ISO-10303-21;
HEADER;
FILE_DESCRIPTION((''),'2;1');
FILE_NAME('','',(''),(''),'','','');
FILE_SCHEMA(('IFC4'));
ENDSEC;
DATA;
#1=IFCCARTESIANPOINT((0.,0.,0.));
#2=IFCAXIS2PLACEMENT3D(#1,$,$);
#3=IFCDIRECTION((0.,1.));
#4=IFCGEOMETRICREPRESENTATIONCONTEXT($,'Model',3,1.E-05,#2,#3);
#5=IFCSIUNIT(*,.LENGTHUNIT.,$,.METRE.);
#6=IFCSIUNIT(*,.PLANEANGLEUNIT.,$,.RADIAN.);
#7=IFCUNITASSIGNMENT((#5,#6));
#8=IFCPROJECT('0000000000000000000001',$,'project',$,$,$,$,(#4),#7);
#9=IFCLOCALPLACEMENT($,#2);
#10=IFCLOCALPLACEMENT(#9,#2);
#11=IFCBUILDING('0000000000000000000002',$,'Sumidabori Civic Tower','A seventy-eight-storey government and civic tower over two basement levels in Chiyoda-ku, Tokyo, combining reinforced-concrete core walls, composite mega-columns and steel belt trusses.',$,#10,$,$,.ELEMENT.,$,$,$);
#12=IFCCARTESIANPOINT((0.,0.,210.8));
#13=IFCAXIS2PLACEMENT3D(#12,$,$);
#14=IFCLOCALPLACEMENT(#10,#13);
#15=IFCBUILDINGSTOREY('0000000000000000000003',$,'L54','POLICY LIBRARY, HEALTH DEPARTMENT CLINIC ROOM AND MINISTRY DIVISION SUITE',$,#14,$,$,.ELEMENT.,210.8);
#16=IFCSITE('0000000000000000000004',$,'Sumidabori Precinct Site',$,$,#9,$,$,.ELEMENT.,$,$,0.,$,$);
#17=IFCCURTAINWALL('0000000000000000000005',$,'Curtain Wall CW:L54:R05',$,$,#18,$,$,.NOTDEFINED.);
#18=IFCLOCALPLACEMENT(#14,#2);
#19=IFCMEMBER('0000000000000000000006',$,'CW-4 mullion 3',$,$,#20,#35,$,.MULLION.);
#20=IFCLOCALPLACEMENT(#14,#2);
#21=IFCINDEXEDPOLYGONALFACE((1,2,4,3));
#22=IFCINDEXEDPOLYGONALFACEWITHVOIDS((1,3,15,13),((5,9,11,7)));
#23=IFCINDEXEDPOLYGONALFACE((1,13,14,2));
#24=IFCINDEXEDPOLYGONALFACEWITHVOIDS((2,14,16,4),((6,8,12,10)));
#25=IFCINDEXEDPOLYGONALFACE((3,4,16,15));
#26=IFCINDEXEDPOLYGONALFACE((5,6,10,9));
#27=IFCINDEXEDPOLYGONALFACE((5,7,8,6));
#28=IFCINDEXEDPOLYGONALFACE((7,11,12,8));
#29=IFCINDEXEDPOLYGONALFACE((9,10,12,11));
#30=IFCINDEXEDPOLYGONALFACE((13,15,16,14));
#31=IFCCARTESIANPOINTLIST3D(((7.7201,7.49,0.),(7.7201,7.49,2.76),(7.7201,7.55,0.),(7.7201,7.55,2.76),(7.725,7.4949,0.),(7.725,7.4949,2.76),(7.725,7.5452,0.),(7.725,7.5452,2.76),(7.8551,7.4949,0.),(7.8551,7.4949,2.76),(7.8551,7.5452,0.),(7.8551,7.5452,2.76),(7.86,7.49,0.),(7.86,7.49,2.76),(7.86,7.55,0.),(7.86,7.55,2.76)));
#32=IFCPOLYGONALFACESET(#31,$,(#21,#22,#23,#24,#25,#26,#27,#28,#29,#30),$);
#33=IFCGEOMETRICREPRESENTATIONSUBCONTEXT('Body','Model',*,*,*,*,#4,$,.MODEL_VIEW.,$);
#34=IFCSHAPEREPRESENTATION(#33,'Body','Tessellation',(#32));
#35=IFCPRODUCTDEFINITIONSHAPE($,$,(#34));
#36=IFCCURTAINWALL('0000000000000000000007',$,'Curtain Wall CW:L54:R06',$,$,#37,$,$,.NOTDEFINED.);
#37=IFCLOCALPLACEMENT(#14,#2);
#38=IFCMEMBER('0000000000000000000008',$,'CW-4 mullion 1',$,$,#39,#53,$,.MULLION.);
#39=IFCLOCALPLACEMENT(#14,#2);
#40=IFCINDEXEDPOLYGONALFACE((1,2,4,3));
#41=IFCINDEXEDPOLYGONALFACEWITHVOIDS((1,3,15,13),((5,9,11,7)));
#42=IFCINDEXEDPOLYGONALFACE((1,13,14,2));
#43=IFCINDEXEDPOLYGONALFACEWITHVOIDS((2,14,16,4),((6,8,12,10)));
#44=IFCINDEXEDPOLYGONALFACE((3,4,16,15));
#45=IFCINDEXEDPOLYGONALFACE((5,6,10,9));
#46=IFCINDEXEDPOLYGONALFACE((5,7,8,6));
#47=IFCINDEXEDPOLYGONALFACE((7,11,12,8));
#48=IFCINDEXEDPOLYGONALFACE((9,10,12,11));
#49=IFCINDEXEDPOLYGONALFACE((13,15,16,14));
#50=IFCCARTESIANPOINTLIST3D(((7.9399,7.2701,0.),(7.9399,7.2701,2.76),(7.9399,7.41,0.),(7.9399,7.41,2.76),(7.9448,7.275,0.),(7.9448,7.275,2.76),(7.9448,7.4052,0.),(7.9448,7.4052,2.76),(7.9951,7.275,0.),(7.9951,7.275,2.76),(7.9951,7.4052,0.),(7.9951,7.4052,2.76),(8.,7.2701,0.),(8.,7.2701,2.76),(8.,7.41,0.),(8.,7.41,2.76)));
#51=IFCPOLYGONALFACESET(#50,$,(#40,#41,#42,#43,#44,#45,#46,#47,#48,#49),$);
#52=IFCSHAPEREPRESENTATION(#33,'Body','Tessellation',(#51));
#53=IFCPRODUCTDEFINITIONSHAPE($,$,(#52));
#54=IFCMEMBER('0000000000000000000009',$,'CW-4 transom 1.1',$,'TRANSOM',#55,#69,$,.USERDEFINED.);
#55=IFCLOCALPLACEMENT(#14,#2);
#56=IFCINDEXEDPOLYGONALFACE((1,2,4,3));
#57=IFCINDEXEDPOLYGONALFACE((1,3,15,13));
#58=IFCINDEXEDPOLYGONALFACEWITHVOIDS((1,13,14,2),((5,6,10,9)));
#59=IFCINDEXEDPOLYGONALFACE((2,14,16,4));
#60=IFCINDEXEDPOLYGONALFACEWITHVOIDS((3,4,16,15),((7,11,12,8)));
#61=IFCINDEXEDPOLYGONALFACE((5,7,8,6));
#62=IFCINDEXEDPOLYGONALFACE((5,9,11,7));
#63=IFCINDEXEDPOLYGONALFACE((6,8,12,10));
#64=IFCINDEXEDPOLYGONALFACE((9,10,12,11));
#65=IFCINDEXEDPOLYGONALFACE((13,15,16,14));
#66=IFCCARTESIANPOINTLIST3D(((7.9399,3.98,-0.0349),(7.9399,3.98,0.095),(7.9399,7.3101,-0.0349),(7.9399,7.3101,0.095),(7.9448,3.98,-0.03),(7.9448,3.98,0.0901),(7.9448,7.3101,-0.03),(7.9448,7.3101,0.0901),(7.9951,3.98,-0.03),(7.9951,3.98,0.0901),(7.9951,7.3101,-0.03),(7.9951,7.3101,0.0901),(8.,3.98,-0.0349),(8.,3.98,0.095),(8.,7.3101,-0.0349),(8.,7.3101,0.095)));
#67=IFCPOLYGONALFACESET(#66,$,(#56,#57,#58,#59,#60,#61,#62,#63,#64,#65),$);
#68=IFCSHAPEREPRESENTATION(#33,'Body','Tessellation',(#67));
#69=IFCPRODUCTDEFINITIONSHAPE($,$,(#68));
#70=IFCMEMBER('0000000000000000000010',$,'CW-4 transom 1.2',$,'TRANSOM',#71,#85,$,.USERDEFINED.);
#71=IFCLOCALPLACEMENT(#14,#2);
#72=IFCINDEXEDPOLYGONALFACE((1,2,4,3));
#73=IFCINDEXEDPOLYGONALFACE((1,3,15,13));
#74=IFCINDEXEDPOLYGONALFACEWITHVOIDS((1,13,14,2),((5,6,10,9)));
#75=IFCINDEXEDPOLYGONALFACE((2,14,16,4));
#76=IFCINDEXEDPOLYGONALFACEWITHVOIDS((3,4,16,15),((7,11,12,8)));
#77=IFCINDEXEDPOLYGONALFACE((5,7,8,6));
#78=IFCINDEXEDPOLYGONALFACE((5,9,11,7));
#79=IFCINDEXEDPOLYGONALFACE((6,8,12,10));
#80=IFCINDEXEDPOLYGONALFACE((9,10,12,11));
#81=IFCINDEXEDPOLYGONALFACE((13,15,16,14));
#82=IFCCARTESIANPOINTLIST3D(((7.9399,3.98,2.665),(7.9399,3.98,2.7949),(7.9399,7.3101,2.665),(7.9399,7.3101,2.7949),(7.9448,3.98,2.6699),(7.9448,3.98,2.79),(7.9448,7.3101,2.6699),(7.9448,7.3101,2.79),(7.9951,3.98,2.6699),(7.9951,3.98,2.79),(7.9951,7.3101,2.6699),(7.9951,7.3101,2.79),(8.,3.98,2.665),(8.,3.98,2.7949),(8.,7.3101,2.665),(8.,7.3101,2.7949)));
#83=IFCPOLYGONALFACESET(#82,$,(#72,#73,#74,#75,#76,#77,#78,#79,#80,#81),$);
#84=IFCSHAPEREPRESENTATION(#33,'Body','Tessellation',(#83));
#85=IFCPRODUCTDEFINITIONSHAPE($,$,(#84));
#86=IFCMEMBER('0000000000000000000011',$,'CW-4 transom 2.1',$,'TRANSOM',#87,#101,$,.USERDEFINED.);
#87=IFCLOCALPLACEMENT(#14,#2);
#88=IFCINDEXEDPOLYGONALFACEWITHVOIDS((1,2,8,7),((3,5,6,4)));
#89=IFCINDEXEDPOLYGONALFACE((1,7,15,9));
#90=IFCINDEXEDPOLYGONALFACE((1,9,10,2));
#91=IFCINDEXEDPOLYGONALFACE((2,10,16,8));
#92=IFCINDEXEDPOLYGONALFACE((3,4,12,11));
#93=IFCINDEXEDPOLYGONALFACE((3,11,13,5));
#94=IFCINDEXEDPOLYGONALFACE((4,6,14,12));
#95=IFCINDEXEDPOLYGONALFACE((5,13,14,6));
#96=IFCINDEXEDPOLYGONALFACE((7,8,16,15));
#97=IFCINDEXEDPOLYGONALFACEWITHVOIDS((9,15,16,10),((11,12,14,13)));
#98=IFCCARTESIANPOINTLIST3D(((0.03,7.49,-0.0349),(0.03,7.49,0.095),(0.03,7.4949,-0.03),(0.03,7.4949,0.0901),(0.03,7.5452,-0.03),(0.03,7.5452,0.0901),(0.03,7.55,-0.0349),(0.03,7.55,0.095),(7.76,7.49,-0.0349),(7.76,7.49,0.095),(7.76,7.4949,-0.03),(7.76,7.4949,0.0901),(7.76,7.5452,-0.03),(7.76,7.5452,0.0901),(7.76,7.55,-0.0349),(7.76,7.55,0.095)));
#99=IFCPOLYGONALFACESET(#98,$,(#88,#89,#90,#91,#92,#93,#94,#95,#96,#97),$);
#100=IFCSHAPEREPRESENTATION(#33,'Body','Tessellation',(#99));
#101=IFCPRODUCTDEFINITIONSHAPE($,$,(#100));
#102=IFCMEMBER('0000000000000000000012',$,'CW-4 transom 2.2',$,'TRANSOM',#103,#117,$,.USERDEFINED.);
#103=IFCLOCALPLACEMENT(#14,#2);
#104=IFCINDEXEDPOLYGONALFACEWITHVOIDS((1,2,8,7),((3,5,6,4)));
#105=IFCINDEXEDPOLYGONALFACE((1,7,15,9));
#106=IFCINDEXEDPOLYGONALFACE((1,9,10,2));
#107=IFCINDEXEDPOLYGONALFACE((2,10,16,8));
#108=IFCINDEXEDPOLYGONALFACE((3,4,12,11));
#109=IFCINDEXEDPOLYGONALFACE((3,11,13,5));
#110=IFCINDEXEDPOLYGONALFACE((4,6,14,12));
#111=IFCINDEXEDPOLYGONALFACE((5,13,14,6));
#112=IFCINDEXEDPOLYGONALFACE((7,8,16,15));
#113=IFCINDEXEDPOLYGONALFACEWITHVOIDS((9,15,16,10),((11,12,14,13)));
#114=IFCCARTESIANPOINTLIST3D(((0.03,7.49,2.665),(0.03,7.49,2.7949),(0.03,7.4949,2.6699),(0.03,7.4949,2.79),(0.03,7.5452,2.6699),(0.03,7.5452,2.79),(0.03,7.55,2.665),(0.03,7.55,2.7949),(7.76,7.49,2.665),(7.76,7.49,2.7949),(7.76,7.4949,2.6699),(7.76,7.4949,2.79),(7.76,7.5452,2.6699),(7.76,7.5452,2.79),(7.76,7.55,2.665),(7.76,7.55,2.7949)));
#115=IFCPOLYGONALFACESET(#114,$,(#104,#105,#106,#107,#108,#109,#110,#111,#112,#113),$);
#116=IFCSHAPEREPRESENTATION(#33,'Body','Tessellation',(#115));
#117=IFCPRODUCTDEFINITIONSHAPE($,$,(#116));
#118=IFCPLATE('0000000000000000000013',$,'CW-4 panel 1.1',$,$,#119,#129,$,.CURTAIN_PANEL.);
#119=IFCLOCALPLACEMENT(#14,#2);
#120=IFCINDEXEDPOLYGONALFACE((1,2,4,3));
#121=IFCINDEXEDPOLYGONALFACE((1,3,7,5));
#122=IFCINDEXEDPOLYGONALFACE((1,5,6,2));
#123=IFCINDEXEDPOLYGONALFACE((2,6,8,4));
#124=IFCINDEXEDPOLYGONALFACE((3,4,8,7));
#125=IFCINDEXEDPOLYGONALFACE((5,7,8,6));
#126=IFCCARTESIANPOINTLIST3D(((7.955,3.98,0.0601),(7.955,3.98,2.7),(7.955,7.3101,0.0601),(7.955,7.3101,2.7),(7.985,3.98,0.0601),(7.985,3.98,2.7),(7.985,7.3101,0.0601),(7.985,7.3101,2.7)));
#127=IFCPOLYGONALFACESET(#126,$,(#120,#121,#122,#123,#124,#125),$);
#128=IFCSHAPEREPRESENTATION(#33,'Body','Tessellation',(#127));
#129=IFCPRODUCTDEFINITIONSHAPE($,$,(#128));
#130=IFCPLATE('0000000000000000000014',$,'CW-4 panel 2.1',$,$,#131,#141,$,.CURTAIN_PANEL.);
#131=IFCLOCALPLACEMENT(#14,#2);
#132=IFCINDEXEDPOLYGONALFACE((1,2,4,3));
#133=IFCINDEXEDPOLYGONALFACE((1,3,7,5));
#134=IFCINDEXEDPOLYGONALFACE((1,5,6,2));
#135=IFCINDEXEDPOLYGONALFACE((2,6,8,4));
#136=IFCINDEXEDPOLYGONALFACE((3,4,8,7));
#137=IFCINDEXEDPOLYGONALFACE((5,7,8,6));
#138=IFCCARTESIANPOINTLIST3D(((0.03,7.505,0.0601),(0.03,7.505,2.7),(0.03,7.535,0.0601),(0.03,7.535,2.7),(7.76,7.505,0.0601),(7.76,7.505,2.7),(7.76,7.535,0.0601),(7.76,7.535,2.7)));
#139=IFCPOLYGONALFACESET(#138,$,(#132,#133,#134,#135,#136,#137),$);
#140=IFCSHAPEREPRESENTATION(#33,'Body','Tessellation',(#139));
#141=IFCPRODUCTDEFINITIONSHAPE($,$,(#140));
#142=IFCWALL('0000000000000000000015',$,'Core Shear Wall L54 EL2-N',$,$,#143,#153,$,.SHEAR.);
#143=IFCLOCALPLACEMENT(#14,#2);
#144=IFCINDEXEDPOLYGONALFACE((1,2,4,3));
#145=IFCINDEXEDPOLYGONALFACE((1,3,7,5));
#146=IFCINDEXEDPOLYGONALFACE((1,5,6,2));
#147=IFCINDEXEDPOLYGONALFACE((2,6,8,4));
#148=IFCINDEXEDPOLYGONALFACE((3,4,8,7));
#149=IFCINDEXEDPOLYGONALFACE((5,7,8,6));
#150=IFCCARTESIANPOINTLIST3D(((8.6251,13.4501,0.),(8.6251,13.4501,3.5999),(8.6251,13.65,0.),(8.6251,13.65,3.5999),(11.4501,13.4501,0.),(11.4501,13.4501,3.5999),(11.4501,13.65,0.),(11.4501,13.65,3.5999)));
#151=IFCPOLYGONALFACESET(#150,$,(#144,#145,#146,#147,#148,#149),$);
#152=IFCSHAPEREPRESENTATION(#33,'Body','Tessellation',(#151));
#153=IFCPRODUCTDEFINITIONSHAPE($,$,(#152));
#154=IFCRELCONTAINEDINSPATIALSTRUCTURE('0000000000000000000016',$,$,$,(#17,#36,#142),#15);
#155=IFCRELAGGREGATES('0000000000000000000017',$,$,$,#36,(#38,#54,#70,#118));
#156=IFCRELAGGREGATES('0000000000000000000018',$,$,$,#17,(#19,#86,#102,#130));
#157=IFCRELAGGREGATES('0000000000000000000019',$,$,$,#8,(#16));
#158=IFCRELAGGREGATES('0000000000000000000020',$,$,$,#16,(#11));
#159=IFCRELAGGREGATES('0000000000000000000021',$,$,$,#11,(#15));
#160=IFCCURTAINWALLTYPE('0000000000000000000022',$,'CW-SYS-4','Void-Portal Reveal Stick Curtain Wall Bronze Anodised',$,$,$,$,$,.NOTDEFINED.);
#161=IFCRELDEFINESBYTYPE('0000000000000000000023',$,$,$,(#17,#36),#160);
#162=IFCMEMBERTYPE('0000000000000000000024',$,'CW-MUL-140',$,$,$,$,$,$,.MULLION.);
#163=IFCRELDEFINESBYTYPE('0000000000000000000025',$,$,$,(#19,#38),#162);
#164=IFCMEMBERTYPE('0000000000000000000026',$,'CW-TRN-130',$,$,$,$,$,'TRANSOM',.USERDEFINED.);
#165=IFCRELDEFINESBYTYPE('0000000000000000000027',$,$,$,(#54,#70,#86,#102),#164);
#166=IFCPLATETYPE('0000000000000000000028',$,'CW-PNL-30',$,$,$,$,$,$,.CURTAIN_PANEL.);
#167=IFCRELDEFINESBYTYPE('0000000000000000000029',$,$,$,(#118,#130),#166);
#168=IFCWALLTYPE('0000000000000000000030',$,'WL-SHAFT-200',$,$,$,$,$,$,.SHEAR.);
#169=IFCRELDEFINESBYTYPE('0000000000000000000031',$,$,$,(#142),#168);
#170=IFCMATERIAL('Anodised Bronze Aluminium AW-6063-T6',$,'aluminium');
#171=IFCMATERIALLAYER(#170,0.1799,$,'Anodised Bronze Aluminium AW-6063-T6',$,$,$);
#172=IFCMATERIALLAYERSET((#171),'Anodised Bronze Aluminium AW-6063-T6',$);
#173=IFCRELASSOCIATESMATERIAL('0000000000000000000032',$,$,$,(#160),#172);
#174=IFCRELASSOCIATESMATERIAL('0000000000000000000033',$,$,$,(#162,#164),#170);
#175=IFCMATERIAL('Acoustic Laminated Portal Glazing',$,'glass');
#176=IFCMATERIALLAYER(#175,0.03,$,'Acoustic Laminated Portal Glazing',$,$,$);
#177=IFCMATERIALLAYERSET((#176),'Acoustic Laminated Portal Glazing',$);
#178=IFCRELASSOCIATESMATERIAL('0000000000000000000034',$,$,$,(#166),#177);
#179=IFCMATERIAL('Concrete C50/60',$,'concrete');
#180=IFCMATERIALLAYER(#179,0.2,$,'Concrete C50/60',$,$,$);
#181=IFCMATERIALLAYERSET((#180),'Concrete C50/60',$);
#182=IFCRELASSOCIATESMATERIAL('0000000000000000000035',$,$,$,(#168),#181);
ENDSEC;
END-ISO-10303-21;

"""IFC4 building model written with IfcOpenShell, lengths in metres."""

from ifc_helpers import new_model, si_unit, direction, frame, frame_2d, origin, origin_2d, place, context, subcontext, project, spatial, rectangle, hollow_rectangle, extrude, source, transform, mapped, material, layer, layer_set, material_profile, profile_set, type_object, element, aggregate, save


model = new_model("IFC4")

# Units and contexts
model_context = context("Model", 3, precision=1e-05, world=origin(), true_north=direction((0.0, 1.0)))
body_context = subcontext(model_context, "Body", "Model", "MODEL_VIEW")
ifc_project = project(units=[si_unit("LENGTHUNIT", "METRE"), si_unit("PLANEANGLEUNIT", "RADIAN")], contexts=[model_context])

# Site, building, storey
site_placement = place(None, origin())
site = spatial("IfcSite", under=ifc_project, at=site_placement, Name="Sumidabori Precinct Site", CompositionType="ELEMENT", RefElevation=0.0)
building_placement = place(site_placement, origin())
building = spatial("IfcBuilding", under=site, at=building_placement, Name="Sumidabori Civic Tower", Description="A seventy-eight-storey government and civic tower over two basement levels in Chiyoda-ku, Tokyo, combining reinforced-concrete core walls, composite mega-columns and steel belt trusses.", CompositionType="ELEMENT")
storey_placement = place(building_placement, frame((0.0, 0.0, 210.8)))
storey = spatial("IfcBuildingStorey", under=building, at=storey_placement, Name="L54", Description="POLICY LIBRARY, HEALTH DEPARTMENT CLINIC ROOM AND MINISTRY DIVISION SUITE", CompositionType="ELEMENT", Elevation=210.8)

# Curtain wall, member
ifc_material_1 = material(Name="Anodised Bronze Aluminium AW-6063-T6", Category="aluminium")
ifc_layer_1 = layer(ifc_material_1, 0.1799, Name="Anodised Bronze Aluminium AW-6063-T6")
ifc_layer_set_1 = layer_set([ifc_layer_1], Name="Anodised Bronze Aluminium AW-6063-T6")
curtain_wall_type = type_object("IfcCurtainWallType", Name="CW-SYS-4", Description="Void-Portal Reveal Stick Curtain Wall Bronze Anodised", PredefinedType="NOTDEFINED", material=ifc_layer_set_1)
curtain_wall_1_placement = place(storey_placement, origin())
curtain_wall_1 = element("IfcCurtainWall", 1, at=curtain_wall_1_placement, inside=storey, type_object=curtain_wall_type, Name="Curtain Wall CW:L54:R05", PredefinedType="NOTDEFINED")
ifc_material_profile_1 = material_profile(ifc_material_1, hollow_rectangle(XDim=0.0601, YDim=0.1399, WallThickness=0.0049, at=origin_2d()), Name="ALU MULLION 140x60")
ifc_profile_set_1 = profile_set([ifc_material_profile_1], Name="Anodised Bronze Aluminium AW-6063-T6")
member_type_1 = type_object("IfcMemberType", Name="CW-MUL-140", PredefinedType="MULLION", material=ifc_profile_set_1)
shared_shape_1 = source(origin(), body_context, "Body", "SweptSolid", [
    extrude(hollow_rectangle(XDim=0.0601, YDim=0.1399, WallThickness=0.0049, at=origin_2d()), origin(), (0.0, 0.0, 1.0), 2.76),
])
member_1_placement = place(storey_placement, frame((7.79, 7.52, 0.0), z_axis=(0.0, 0.0, 1.0), x_axis=(0.0, 1.0, 0.0)))
member_1 = element("IfcMember", 2, at=member_1_placement, type_object=member_type_1, Name="CW-4 mullion 3", PredefinedType="MULLION", context=body_context, shape_type="MappedRepresentation", body=[
    mapped(shared_shape_1, transform((0.0, 0.0, 0.0), x_axis=(1.0, 0.0, 0.0), y_axis=(0.0, 1.0, 0.0), z_axis=(0.0, 0.0, 1.0), scale=1.0)),
])

# Curtain wall, members
curtain_wall_2_placement = place(storey_placement, origin())
curtain_wall_2 = element("IfcCurtainWall", 3, at=curtain_wall_2_placement, inside=storey, type_object=curtain_wall_type, Name="Curtain Wall CW:L54:R06", PredefinedType="NOTDEFINED")
member_2_placement = place(storey_placement, frame((7.97, 7.3401, 0.0), z_axis=(0.0, 0.0, 1.0), x_axis=(1.0, 0.0, 0.0)))
member_2 = element("IfcMember", 4, at=member_2_placement, type_object=member_type_1, Name="CW-4 mullion 1", PredefinedType="MULLION", context=body_context, shape_type="MappedRepresentation", body=[
    mapped(shared_shape_1, transform((0.0, 0.0, 0.0), x_axis=(1.0, 0.0, 0.0), y_axis=(0.0, 1.0, 0.0), z_axis=(0.0, 0.0, 1.0), scale=1.0)),
])
ifc_material_profile_2 = material_profile(ifc_material_1, hollow_rectangle(XDim=0.0601, YDim=0.1299, WallThickness=0.0049, at=origin_2d()), Name="ALU TRANSOM 130x60")
ifc_profile_set_2 = profile_set([ifc_material_profile_2], Name="Anodised Bronze Aluminium AW-6063-T6")
member_type_2 = type_object("IfcMemberType", Name="CW-TRN-130", ElementType="TRANSOM", PredefinedType="USERDEFINED", material=ifc_profile_set_2)
shared_shape_2 = source(origin(), body_context, "Body", "SweptSolid", [
    extrude(hollow_rectangle(XDim=0.0601, YDim=0.1299, WallThickness=0.0049, at=origin_2d()), origin(), (0.0, 0.0, 1.0), 3.3301),
])
member_3_placement = place(storey_placement, frame((7.97, 7.3101, 0.03), z_axis=(0.0, -1.0, 0.0), x_axis=(1.0, 0.0, 0.0)))
member_3 = element("IfcMember", 5, at=member_3_placement, type_object=member_type_2, Name="CW-4 transom 1.1", ObjectType="TRANSOM", PredefinedType="USERDEFINED", context=body_context, shape_type="MappedRepresentation", body=[
    mapped(shared_shape_2, transform((0.0, 0.0, 0.0), x_axis=(1.0, 0.0, 0.0), y_axis=(0.0, 1.0, 0.0), z_axis=(0.0, 0.0, 1.0), scale=1.0)),
])
member_4_placement = place(storey_placement, frame((7.97, 7.3101, 2.73), z_axis=(0.0, -1.0, 0.0), x_axis=(1.0, 0.0, 0.0)))
member_4 = element("IfcMember", 6, at=member_4_placement, type_object=member_type_2, Name="CW-4 transom 1.2", ObjectType="TRANSOM", PredefinedType="USERDEFINED", context=body_context, shape_type="MappedRepresentation", body=[
    mapped(shared_shape_2, transform((0.0, 0.0, 0.0), x_axis=(1.0, 0.0, 0.0), y_axis=(0.0, 1.0, 0.0), z_axis=(0.0, 0.0, 1.0), scale=1.0)),
])

# Members
shared_shape_3 = source(origin(), body_context, "Body", "SweptSolid", [
    extrude(hollow_rectangle(XDim=0.0601, YDim=0.1299, WallThickness=0.0049, at=origin_2d()), origin(), (0.0, 0.0, 1.0), 7.73),
])
member_5_placement = place(storey_placement, frame((0.03, 7.52, 0.03), z_axis=(1.0, 0.0, 0.0), x_axis=(0.0, 1.0, 0.0)))
member_5 = element("IfcMember", 7, at=member_5_placement, type_object=member_type_2, Name="CW-4 transom 2.1", ObjectType="TRANSOM", PredefinedType="USERDEFINED", context=body_context, shape_type="MappedRepresentation", body=[
    mapped(shared_shape_3, transform((0.0, 0.0, 0.0), x_axis=(1.0, 0.0, 0.0), y_axis=(0.0, 1.0, 0.0), z_axis=(0.0, 0.0, 1.0), scale=1.0)),
])
member_6_placement = place(storey_placement, frame((0.03, 7.52, 2.73), z_axis=(1.0, 0.0, 0.0), x_axis=(0.0, 1.0, 0.0)))
member_6 = element("IfcMember", 8, at=member_6_placement, type_object=member_type_2, Name="CW-4 transom 2.2", ObjectType="TRANSOM", PredefinedType="USERDEFINED", context=body_context, shape_type="MappedRepresentation", body=[
    mapped(shared_shape_3, transform((0.0, 0.0, 0.0), x_axis=(1.0, 0.0, 0.0), y_axis=(0.0, 1.0, 0.0), z_axis=(0.0, 0.0, 1.0), scale=1.0)),
])

# Plates
ifc_material_2 = material(Name="Acoustic Laminated Portal Glazing", Category="glass")
ifc_layer_2 = layer(ifc_material_2, 0.03, Name="Acoustic Laminated Portal Glazing")
ifc_layer_set_2 = layer_set([ifc_layer_2], Name="Acoustic Laminated Portal Glazing")
plate_type = type_object("IfcPlateType", Name="CW-PNL-30", PredefinedType="CURTAIN_PANEL", material=ifc_layer_set_2)
shared_shape_4 = source(origin(), body_context, "Body", "SweptSolid", [
    extrude(rectangle(XDim=3.3301, YDim=0.03, at=origin_2d()), origin(), (0.0, 0.0, 1.0), 2.6399),
])
plate_1_placement = place(storey_placement, frame((7.97, 5.645, 0.0601), z_axis=(0.0, 0.0, 1.0), x_axis=(0.0, -1.0, 0.0)))
plate_1 = element("IfcPlate", 9, at=plate_1_placement, type_object=plate_type, Name="CW-4 panel 1.1", PredefinedType="CURTAIN_PANEL", context=body_context, shape_type="MappedRepresentation", body=[
    mapped(shared_shape_4, transform((0.0, 0.0, 0.0), x_axis=(1.0, 0.0, 0.0), y_axis=(0.0, 1.0, 0.0), z_axis=(0.0, 0.0, 1.0), scale=1.0)),
])
aggregate(curtain_wall_2, [member_2, member_3, member_4, plate_1])
shared_shape_5 = source(origin(), body_context, "Body", "SweptSolid", [
    extrude(rectangle(XDim=7.73, YDim=0.03, at=origin_2d()), origin(), (0.0, 0.0, 1.0), 2.6399),
])
plate_2_placement = place(storey_placement, frame((3.895, 7.52, 0.0601), z_axis=(0.0, 0.0, 1.0), x_axis=(1.0, 0.0, 0.0)))
plate_2 = element("IfcPlate", 10, at=plate_2_placement, type_object=plate_type, Name="CW-4 panel 2.1", PredefinedType="CURTAIN_PANEL", context=body_context, shape_type="MappedRepresentation", body=[
    mapped(shared_shape_5, transform((0.0, 0.0, 0.0), x_axis=(1.0, 0.0, 0.0), y_axis=(0.0, 1.0, 0.0), z_axis=(0.0, 0.0, 1.0), scale=1.0)),
])
aggregate(curtain_wall_1, [member_1, member_5, member_6, plate_2])

# Wall
ifc_material_3 = material(Name="Concrete C50/60", Category="concrete")
ifc_layer_3 = layer(ifc_material_3, 0.2, Name="Concrete C50/60")
ifc_layer_set_3 = layer_set([ifc_layer_3], Name="Concrete C50/60")
wall_type_1 = type_object("IfcWallType", Name="WL-SHAFT-200", PredefinedType="SHEAR", material=ifc_layer_set_3)
shared_shape_6 = source(origin(), body_context, "Body", "SweptSolid", [
    extrude(rectangle(XDim=2.825, YDim=0.2, at=frame_2d((1.4126, 0.0))), origin(), (0.0, 0.0, 1.0), 3.5999),
])
wall_1_placement = place(storey_placement, frame((8.625, 13.55, 0.0), z_axis=(0.0, 0.0, 1.0), x_axis=(1.0, 0.0, 0.0)))
element("IfcWall", 11, at=wall_1_placement, inside=storey, type_object=wall_type_1, Name="Core Shear Wall L54 EL2-N", PredefinedType="SHEAR", context=body_context, shape_type="MappedRepresentation", body=[
    mapped(shared_shape_6, transform((0.0, 0.0, 0.0), x_axis=(1.0, 0.0, 0.0), y_axis=(0.0, 1.0, 0.0), z_axis=(0.0, 0.0, 1.0), scale=1.0)),
])

save(model, "model.ifc")
